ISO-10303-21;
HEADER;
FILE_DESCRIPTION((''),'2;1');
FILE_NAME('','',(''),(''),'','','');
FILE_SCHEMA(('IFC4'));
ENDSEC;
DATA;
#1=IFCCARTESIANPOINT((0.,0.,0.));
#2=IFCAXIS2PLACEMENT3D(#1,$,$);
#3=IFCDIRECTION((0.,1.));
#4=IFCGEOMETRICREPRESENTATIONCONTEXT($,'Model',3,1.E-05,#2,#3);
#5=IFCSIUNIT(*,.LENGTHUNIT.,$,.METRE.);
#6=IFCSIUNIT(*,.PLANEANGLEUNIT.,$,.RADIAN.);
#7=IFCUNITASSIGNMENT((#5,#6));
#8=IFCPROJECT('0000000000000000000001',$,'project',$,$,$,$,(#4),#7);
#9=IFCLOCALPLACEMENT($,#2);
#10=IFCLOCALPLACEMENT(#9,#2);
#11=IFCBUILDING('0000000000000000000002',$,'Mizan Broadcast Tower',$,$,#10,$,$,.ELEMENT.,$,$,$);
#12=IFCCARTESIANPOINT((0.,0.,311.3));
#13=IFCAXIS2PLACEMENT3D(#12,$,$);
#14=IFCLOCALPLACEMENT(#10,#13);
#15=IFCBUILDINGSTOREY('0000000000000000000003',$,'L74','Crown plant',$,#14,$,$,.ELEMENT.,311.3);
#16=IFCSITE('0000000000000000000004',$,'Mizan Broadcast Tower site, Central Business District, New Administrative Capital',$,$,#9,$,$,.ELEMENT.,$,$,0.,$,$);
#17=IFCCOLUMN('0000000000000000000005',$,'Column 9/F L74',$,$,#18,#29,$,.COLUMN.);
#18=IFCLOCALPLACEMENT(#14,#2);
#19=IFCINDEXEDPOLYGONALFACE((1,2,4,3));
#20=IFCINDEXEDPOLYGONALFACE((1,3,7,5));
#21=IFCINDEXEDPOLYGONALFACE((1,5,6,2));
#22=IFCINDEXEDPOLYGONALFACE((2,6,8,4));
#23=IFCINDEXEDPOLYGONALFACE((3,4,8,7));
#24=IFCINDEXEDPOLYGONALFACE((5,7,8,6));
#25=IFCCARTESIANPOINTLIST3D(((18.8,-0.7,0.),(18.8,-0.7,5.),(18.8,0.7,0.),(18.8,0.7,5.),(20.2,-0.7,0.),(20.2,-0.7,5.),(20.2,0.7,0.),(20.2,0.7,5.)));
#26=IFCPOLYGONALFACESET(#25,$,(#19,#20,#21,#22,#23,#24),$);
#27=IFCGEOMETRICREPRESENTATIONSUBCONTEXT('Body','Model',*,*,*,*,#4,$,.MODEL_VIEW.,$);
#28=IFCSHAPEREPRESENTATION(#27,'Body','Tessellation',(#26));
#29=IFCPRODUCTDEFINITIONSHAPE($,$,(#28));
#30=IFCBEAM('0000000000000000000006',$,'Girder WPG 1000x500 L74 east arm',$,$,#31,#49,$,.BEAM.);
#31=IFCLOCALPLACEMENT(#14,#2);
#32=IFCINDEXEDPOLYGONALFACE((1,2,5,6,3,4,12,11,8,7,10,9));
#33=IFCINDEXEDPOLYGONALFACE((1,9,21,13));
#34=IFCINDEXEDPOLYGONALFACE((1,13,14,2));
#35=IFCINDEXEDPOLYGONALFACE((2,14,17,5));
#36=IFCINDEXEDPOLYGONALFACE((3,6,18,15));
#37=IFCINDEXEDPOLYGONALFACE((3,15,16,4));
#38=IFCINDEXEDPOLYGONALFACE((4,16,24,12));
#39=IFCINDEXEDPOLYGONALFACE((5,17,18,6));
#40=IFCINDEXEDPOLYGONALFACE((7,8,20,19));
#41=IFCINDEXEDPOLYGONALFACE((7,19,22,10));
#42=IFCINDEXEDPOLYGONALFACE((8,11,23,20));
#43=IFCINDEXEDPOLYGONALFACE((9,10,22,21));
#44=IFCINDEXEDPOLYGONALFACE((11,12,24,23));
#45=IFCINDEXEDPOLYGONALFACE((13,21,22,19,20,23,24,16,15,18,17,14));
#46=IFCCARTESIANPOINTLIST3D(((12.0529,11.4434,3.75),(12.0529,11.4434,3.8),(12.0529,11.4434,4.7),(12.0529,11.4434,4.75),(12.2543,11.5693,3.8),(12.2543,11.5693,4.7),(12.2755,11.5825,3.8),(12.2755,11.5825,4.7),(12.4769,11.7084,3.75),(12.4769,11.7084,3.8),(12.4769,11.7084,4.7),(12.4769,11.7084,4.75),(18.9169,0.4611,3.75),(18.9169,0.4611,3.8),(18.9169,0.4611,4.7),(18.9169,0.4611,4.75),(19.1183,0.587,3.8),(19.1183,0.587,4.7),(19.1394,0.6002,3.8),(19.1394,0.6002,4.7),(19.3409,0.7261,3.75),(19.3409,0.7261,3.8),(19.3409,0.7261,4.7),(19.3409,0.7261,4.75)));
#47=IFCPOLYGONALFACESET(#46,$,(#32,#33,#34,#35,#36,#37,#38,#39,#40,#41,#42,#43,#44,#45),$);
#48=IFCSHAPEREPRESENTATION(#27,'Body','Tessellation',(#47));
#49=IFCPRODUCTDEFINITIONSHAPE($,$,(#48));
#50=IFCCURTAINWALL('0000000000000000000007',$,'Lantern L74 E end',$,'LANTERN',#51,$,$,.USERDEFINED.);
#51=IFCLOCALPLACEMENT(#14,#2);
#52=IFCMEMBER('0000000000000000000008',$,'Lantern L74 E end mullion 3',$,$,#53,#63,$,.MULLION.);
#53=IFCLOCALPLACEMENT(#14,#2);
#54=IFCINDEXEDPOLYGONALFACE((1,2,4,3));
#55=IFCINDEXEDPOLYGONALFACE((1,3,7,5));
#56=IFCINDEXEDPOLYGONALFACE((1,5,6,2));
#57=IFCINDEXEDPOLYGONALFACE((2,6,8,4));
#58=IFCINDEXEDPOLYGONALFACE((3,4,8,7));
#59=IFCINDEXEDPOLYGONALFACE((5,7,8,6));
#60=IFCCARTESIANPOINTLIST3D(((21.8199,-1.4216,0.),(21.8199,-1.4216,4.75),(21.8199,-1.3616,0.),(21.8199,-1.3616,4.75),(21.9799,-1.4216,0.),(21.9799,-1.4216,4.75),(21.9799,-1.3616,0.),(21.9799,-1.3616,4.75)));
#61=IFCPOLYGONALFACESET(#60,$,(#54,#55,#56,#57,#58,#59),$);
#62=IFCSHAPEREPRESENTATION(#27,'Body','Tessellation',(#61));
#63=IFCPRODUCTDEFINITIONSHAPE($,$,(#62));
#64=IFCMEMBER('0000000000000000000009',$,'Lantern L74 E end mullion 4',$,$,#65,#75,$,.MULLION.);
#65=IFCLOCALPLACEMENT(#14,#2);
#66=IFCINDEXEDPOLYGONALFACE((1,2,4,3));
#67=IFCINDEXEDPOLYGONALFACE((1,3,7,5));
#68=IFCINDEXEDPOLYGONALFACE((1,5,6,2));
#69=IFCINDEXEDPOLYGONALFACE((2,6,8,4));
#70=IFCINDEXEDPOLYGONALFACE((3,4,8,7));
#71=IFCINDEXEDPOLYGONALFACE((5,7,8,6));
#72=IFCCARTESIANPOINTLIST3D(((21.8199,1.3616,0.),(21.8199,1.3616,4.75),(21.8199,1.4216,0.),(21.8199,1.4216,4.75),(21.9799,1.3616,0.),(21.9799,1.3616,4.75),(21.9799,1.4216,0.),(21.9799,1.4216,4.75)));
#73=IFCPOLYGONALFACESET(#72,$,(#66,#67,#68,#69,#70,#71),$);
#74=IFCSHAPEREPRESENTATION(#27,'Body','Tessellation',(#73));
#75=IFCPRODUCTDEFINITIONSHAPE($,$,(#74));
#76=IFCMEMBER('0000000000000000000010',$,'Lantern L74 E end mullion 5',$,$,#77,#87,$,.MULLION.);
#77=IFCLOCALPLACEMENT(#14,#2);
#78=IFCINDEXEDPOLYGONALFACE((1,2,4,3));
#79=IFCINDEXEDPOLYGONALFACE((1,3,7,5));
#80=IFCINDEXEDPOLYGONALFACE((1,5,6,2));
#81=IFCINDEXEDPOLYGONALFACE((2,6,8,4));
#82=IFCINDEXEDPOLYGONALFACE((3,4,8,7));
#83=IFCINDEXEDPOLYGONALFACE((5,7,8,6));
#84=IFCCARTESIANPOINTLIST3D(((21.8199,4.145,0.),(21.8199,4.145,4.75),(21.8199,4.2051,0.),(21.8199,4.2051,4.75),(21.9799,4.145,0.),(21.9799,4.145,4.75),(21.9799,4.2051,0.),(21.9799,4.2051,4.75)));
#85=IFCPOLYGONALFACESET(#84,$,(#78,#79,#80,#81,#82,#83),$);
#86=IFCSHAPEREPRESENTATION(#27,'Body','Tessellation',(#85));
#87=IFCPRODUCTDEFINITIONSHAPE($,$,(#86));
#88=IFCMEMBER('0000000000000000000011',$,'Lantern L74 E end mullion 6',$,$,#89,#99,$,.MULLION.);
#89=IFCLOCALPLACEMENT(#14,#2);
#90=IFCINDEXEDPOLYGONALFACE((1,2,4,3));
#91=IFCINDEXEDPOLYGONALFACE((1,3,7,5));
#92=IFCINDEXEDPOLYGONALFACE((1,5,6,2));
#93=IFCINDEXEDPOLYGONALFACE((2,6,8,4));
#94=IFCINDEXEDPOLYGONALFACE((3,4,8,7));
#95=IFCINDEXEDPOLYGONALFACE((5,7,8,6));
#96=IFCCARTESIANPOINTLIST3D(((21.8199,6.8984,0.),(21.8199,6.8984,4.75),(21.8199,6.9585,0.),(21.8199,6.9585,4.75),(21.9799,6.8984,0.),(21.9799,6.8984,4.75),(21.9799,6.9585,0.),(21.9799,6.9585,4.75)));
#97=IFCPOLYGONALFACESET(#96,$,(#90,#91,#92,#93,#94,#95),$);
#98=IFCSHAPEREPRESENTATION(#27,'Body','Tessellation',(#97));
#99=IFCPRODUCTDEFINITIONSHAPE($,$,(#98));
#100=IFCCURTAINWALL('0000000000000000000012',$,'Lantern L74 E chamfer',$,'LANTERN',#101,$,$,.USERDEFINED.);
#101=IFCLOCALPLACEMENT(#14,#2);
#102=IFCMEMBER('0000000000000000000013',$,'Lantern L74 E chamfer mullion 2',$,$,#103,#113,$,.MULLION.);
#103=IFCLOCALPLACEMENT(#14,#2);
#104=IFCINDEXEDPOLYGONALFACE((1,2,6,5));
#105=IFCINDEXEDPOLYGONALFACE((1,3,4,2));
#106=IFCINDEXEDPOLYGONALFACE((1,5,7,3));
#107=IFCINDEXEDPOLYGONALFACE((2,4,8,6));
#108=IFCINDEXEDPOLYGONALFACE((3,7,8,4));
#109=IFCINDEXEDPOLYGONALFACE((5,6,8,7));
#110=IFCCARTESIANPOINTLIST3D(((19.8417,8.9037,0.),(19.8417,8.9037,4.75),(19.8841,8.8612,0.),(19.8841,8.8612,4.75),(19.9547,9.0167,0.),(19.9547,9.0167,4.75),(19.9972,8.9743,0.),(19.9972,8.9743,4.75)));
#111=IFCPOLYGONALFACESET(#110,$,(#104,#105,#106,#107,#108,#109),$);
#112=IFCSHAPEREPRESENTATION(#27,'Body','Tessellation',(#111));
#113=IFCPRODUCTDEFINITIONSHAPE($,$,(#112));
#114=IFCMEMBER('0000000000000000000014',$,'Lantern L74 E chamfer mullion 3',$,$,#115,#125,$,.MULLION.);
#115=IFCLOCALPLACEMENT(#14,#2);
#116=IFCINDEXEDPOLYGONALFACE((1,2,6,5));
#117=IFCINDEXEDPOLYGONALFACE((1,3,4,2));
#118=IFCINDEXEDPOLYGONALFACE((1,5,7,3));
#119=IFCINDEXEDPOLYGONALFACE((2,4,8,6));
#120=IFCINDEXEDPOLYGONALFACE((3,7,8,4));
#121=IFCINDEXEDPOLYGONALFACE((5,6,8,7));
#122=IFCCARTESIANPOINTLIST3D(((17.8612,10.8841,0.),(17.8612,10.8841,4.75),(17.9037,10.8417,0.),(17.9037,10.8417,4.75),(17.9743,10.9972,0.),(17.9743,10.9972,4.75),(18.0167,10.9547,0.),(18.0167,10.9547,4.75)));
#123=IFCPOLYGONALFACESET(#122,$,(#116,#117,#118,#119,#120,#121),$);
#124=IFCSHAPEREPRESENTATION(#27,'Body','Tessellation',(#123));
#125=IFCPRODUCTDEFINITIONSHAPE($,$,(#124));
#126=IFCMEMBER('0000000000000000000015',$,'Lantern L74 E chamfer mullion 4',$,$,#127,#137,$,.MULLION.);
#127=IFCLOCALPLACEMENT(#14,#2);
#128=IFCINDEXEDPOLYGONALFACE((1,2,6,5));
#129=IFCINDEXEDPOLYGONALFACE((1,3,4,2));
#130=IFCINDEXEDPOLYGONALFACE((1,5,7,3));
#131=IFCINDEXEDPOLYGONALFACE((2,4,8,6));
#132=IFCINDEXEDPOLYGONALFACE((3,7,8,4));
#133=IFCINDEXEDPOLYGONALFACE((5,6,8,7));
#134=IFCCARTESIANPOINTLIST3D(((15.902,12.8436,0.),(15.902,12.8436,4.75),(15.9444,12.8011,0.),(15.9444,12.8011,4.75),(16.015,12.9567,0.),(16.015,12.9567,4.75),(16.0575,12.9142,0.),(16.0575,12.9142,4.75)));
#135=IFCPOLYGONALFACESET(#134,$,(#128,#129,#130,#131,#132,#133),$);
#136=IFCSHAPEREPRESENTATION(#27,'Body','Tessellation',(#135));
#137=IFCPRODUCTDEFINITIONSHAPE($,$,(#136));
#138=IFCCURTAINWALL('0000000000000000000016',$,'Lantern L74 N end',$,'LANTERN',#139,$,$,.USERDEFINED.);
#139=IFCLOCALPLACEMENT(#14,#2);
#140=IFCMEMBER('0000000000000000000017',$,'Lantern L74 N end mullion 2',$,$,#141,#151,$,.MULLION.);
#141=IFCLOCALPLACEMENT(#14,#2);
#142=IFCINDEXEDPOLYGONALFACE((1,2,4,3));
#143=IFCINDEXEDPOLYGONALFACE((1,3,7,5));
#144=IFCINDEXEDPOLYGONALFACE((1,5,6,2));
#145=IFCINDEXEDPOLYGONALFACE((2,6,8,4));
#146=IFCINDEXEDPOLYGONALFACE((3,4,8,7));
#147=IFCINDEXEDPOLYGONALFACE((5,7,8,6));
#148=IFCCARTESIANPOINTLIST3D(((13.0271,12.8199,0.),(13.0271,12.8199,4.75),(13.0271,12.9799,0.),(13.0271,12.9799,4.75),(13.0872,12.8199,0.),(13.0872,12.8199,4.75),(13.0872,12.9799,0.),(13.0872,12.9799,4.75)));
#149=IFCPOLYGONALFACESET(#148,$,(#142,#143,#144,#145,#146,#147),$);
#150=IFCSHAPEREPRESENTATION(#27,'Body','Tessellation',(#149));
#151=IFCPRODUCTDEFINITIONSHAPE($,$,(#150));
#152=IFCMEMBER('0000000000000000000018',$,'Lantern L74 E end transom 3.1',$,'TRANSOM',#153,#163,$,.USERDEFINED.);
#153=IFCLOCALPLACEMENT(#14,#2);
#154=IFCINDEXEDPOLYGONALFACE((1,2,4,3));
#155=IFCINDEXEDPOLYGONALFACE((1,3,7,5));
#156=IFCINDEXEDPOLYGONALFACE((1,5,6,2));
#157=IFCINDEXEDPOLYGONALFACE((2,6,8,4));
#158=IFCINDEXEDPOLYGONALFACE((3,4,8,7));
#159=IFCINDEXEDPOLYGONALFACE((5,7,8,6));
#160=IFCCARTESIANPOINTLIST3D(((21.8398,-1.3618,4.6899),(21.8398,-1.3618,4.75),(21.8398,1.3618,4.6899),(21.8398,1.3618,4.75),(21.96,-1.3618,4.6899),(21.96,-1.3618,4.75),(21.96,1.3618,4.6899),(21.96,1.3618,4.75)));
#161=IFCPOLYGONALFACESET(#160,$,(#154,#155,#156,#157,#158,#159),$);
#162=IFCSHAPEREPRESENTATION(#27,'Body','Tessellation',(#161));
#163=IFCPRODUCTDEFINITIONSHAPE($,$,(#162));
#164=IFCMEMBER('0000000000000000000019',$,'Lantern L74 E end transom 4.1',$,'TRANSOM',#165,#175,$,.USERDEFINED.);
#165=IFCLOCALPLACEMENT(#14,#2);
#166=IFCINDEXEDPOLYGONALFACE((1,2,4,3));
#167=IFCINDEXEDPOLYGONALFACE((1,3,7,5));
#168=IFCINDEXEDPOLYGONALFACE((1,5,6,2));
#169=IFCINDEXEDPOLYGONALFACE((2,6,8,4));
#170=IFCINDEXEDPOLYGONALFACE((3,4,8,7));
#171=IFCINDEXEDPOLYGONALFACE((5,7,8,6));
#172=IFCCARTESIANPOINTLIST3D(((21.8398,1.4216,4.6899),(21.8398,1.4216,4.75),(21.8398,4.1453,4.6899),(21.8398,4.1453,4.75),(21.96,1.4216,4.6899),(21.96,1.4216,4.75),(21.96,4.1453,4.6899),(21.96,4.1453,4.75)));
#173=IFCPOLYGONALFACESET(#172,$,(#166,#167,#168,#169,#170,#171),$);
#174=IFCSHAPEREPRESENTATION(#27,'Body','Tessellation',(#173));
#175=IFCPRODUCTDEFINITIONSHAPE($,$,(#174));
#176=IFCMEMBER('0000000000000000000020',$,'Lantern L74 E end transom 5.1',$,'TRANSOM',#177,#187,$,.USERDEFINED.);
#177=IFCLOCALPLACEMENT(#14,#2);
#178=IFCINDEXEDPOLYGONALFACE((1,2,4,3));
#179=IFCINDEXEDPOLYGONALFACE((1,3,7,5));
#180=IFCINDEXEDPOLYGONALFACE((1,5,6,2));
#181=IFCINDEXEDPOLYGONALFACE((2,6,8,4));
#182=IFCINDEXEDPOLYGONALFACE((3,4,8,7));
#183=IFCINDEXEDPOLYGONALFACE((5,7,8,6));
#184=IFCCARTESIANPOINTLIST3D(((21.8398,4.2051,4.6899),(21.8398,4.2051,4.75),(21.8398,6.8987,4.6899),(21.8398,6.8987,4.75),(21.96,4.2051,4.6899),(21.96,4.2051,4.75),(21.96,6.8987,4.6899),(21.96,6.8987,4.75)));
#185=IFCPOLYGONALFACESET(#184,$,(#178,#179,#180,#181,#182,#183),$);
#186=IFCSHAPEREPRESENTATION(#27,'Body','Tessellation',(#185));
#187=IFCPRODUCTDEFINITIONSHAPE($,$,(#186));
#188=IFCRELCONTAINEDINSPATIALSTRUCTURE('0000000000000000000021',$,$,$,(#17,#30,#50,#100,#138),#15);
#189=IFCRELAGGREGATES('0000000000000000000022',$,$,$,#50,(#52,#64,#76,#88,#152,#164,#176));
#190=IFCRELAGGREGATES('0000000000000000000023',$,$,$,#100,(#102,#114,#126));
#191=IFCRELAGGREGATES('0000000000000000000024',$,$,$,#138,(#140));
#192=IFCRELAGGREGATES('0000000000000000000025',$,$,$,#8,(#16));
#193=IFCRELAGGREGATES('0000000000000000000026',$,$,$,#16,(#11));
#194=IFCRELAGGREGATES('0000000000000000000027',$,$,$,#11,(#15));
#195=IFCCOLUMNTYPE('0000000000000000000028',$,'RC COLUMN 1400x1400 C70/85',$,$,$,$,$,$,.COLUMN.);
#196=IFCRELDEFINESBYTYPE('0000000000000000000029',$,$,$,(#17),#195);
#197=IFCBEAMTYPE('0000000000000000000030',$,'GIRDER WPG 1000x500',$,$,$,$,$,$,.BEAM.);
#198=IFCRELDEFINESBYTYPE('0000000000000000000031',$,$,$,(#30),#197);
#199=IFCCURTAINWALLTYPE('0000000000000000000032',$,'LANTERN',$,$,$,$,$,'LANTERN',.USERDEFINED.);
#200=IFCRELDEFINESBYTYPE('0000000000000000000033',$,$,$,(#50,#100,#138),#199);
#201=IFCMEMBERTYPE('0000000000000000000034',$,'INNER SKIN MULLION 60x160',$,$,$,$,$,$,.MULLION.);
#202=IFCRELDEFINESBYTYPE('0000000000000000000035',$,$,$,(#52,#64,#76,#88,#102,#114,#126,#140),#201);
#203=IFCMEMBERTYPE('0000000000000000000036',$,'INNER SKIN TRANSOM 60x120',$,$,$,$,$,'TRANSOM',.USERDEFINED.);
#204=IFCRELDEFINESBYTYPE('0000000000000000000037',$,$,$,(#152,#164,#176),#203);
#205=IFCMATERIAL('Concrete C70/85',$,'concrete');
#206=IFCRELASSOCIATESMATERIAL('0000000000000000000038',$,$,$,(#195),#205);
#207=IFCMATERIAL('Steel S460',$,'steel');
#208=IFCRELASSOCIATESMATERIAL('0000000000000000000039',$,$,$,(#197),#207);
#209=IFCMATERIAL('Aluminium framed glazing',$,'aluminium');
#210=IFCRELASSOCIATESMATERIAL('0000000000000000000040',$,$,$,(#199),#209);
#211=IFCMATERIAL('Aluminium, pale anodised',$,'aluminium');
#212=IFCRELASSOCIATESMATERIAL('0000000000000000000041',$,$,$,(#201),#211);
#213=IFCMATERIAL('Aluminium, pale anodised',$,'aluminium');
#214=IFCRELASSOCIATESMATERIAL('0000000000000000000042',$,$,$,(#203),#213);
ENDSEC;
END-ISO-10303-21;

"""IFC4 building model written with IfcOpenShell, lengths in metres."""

from ifc_helpers import new_model, si_unit, direction, frame, origin, origin_2d, place, context, subcontext, project, spatial, rectangle, i_section, extrude, material, material_profile, profile_set, type_object, element, aggregate, save


model = new_model("IFC4")

# Units and contexts
model_context = context("Model", 3, precision=1e-05, world=origin(), true_north=direction((0.0, 1.0)))
body_context = subcontext(model_context, "Body", "Model", "MODEL_VIEW")
ifc_project = project(units=[si_unit("LENGTHUNIT", "METRE"), si_unit("PLANEANGLEUNIT", "RADIAN")], contexts=[model_context])

# Site, building, storey
site_placement = place(None, origin())
site = spatial("IfcSite", under=ifc_project, at=site_placement, Name="Mizan Broadcast Tower site, Central Business District, New Administrative Capital", CompositionType="ELEMENT", RefElevation=0.0)
building_placement = place(site_placement, origin())
building = spatial("IfcBuilding", under=site, at=building_placement, Name="Mizan Broadcast Tower", CompositionType="ELEMENT")
storey_placement = place(building_placement, frame((0.0, 0.0, 311.3)))
storey = spatial("IfcBuildingStorey", under=building, at=storey_placement, Name="L74", Description="Crown plant", CompositionType="ELEMENT", Elevation=311.3)

# Column
ifc_material_1 = material(Name="Concrete C70/85", Category="concrete")
ifc_material_profile_1 = material_profile(ifc_material_1, rectangle(XDim=1.3999, YDim=1.3999, at=origin_2d()), Name="RC 1400x1400")
ifc_profile_set_1 = profile_set([ifc_material_profile_1], Name="Concrete C70/85")
column_type = type_object("IfcColumnType", Name="RC COLUMN 1400x1400 C70/85", PredefinedType="COLUMN", material=ifc_profile_set_1)
column_placement = place(storey_placement, frame((19.5, 0.0, 0.0), z_axis=(0.0, 0.0, 1.0), x_axis=(1.0, 0.0, 0.0)))
element("IfcColumn", 1, at=column_placement, inside=storey, type_object=column_type, Name="Column 9/F L74", PredefinedType="COLUMN", context=body_context, shape_type="SweptSolid", body=[
    extrude(rectangle(XDim=1.3999, YDim=1.3999, at=origin_2d()), origin(), (0.0, 0.0, 1.0), 5.0),
])

# Beam
ifc_material_2 = material(Name="Steel S460", Category="steel")
ifc_material_profile_2 = material_profile(ifc_material_2, i_section(OverallWidth=0.5, OverallDepth=1.0, WebThickness=0.0249, FlangeThickness=0.05, at=origin_2d()), Name="WPG 1000x500")
ifc_profile_set_2 = profile_set([ifc_material_profile_2], Name="Steel S460")
beam_type_1 = type_object("IfcBeamType", Name="GIRDER WPG 1000x500", PredefinedType="BEAM", material=ifc_profile_set_2)
beam_1_placement = place(storey_placement, frame((12.2649, 11.5759, 4.25), z_axis=(0.529999, -0.847998, 0.0), x_axis=(0.847998, 0.529999, 0.0)))
element("IfcBeam", 2, at=beam_1_placement, inside=storey, type_object=beam_type_1, Name="Girder WPG 1000x500 L74 east arm", PredefinedType="BEAM", context=body_context, shape_type="SweptSolid", body=[
    extrude(i_section(OverallWidth=0.5, OverallDepth=1.0, WebThickness=0.0249, FlangeThickness=0.05, at=origin_2d()), origin(), (0.0, 0.0, 1.0), 12.9509),
])

# Curtain walls, members
ifc_material_3 = material(Name="Aluminium framed glazing", Category="aluminium")
curtain_wall_type = type_object("IfcCurtainWallType", Name="LANTERN", ElementType="LANTERN", PredefinedType="USERDEFINED", material=ifc_material_3)
curtain_wall_1_placement = place(storey_placement, origin())
curtain_wall_1 = element("IfcCurtainWall", 3, at=curtain_wall_1_placement, inside=storey, type_object=curtain_wall_type, Name="Lantern L74 E end", ObjectType="LANTERN", PredefinedType="USERDEFINED")
ifc_material_4 = material(Name="Aluminium, pale anodised", Category="aluminium")
ifc_material_profile_3 = material_profile(ifc_material_4, rectangle(XDim=0.1599, YDim=0.0601, at=origin_2d()), Name="MULLION 160x60")
ifc_profile_set_3 = profile_set([ifc_material_profile_3], Name="Aluminium, pale anodised")
member_type_1 = type_object("IfcMemberType", Name="INNER SKIN MULLION 60x160", PredefinedType="MULLION", material=ifc_profile_set_3)
member_1_placement = place(storey_placement, frame((21.8999, -1.3916, 0.0), z_axis=(0.0, 0.0, 1.0), x_axis=(-1.0, 0.0, 0.0)))
member_1 = element("IfcMember", 4, at=member_1_placement, type_object=member_type_1, Name="Lantern L74 E end mullion 3", PredefinedType="MULLION", context=body_context, shape_type="SweptSolid", body=[
    extrude(rectangle(XDim=0.1599, YDim=0.0601, at=origin_2d()), origin(), (0.0, 0.0, 1.0), 4.75),
])
member_2_placement = place(storey_placement, frame((21.8999, 1.3916, 0.0), z_axis=(0.0, 0.0, 1.0), x_axis=(-1.0, 0.0, 0.0)))
member_2 = element("IfcMember", 5, at=member_2_placement, type_object=member_type_1, Name="Lantern L74 E end mullion 4", PredefinedType="MULLION", context=body_context, shape_type="SweptSolid", body=[
    extrude(rectangle(XDim=0.1599, YDim=0.0601, at=origin_2d()), origin(), (0.0, 0.0, 1.0), 4.75),
])
member_3_placement = place(storey_placement, frame((21.8999, 4.175, 0.0), z_axis=(0.0, 0.0, 1.0), x_axis=(-1.0, 0.0, 0.0)))
member_3 = element("IfcMember", 6, at=member_3_placement, type_object=member_type_1, Name="Lantern L74 E end mullion 5", PredefinedType="MULLION", context=body_context, shape_type="SweptSolid", body=[
    extrude(rectangle(XDim=0.1599, YDim=0.0601, at=origin_2d()), origin(), (0.0, 0.0, 1.0), 4.75),
])
member_4_placement = place(storey_placement, frame((21.8999, 6.9285, 0.0), z_axis=(0.0, 0.0, 1.0), x_axis=(-1.0, 0.0, 0.0)))
member_4 = element("IfcMember", 7, at=member_4_placement, type_object=member_type_1, Name="Lantern L74 E end mullion 6", PredefinedType="MULLION", context=body_context, shape_type="SweptSolid", body=[
    extrude(rectangle(XDim=0.1599, YDim=0.0601, at=origin_2d()), origin(), (0.0, 0.0, 1.0), 4.75),
])
curtain_wall_2_placement = place(storey_placement, origin())
curtain_wall_2 = element("IfcCurtainWall", 8, at=curtain_wall_2_placement, inside=storey, type_object=curtain_wall_type, Name="Lantern L74 E chamfer", ObjectType="LANTERN", PredefinedType="USERDEFINED")
member_5_placement = place(storey_placement, frame((19.9194, 8.939, 0.0), z_axis=(0.0, 0.0, 1.0), x_axis=(-0.707107, -0.707107, 0.0)))
member_5 = element("IfcMember", 9, at=member_5_placement, type_object=member_type_1, Name="Lantern L74 E chamfer mullion 2", PredefinedType="MULLION", context=body_context, shape_type="SweptSolid", body=[
    extrude(rectangle(XDim=0.1599, YDim=0.0601, at=origin_2d()), origin(), (0.0, 0.0, 1.0), 4.75),
])
member_6_placement = place(storey_placement, frame((17.939, 10.9194, 0.0), z_axis=(0.0, 0.0, 1.0), x_axis=(-0.707107, -0.707107, 0.0)))
member_6 = element("IfcMember", 10, at=member_6_placement, type_object=member_type_1, Name="Lantern L74 E chamfer mullion 3", PredefinedType="MULLION", context=body_context, shape_type="SweptSolid", body=[
    extrude(rectangle(XDim=0.1599, YDim=0.0601, at=origin_2d()), origin(), (0.0, 0.0, 1.0), 4.75),
])
member_7_placement = place(storey_placement, frame((15.9797, 12.8789, 0.0), z_axis=(0.0, 0.0, 1.0), x_axis=(-0.707107, -0.707107, 0.0)))
member_7 = element("IfcMember", 11, at=member_7_placement, type_object=member_type_1, Name="Lantern L74 E chamfer mullion 4", PredefinedType="MULLION", context=body_context, shape_type="SweptSolid", body=[
    extrude(rectangle(XDim=0.1599, YDim=0.0601, at=origin_2d()), origin(), (0.0, 0.0, 1.0), 4.75),
])

# Curtain wall, member
curtain_wall_3_placement = place(storey_placement, origin())
curtain_wall_3 = element("IfcCurtainWall", 12, at=curtain_wall_3_placement, inside=storey, type_object=curtain_wall_type, Name="Lantern L74 N end", ObjectType="LANTERN", PredefinedType="USERDEFINED")
member_8_placement = place(storey_placement, frame((13.0571, 12.8999, 0.0), z_axis=(0.0, 0.0, 1.0), x_axis=(0.0, -1.0, 0.0)))
member_8 = element("IfcMember", 13, at=member_8_placement, type_object=member_type_1, Name="Lantern L74 N end mullion 2", PredefinedType="MULLION", context=body_context, shape_type="SweptSolid", body=[
    extrude(rectangle(XDim=0.1599, YDim=0.0601, at=origin_2d()), origin(), (0.0, 0.0, 1.0), 4.75),
])

# Members
ifc_material_5 = material(Name="Aluminium, pale anodised", Category="aluminium")
ifc_material_profile_4 = material_profile(ifc_material_5, rectangle(XDim=0.1201, YDim=0.0601, at=origin_2d()), Name="TRANSOM 120x60")
ifc_profile_set_4 = profile_set([ifc_material_profile_4], Name="Aluminium, pale anodised")
member_type_2 = type_object("IfcMemberType", Name="INNER SKIN TRANSOM 60x120", ElementType="TRANSOM", PredefinedType="USERDEFINED", material=ifc_profile_set_4)
member_9_placement = place(storey_placement, frame((21.8999, -1.3618, 4.72), z_axis=(0.0, 1.0, 0.0), x_axis=(-1.0, 0.0, 0.0)))
member_9 = element("IfcMember", 14, at=member_9_placement, type_object=member_type_2, Name="Lantern L74 E end transom 3.1", ObjectType="TRANSOM", PredefinedType="USERDEFINED", context=body_context, shape_type="SweptSolid", body=[
    extrude(rectangle(XDim=0.1201, YDim=0.0601, at=origin_2d()), origin(), (0.0, 0.0, 1.0), 2.7236),
])
member_10_placement = place(storey_placement, frame((21.8999, 1.4216, 4.72), z_axis=(0.0, 1.0, 0.0), x_axis=(-1.0, 0.0, 0.0)))
member_10 = element("IfcMember", 15, at=member_10_placement, type_object=member_type_2, Name="Lantern L74 E end transom 4.1", ObjectType="TRANSOM", PredefinedType="USERDEFINED", context=body_context, shape_type="SweptSolid", body=[
    extrude(rectangle(XDim=0.1201, YDim=0.0601, at=origin_2d()), origin(), (0.0, 0.0, 1.0), 2.7236),
])
member_11_placement = place(storey_placement, frame((21.8999, 4.2051, 4.72), z_axis=(0.0, 1.0, 0.0), x_axis=(-1.0, 0.0, 0.0)))
member_11 = element("IfcMember", 16, at=member_11_placement, type_object=member_type_2, Name="Lantern L74 E end transom 5.1", ObjectType="TRANSOM", PredefinedType="USERDEFINED", context=body_context, shape_type="SweptSolid", body=[
    extrude(rectangle(XDim=0.1201, YDim=0.0601, at=origin_2d()), origin(), (0.0, 0.0, 1.0), 2.6936),
])

aggregate(curtain_wall_1, [member_1, member_2, member_3, member_4, member_9, member_10, member_11])
aggregate(curtain_wall_2, [member_5, member_6, member_7])
aggregate(curtain_wall_3, [member_8])

save(model, "model.ifc")
